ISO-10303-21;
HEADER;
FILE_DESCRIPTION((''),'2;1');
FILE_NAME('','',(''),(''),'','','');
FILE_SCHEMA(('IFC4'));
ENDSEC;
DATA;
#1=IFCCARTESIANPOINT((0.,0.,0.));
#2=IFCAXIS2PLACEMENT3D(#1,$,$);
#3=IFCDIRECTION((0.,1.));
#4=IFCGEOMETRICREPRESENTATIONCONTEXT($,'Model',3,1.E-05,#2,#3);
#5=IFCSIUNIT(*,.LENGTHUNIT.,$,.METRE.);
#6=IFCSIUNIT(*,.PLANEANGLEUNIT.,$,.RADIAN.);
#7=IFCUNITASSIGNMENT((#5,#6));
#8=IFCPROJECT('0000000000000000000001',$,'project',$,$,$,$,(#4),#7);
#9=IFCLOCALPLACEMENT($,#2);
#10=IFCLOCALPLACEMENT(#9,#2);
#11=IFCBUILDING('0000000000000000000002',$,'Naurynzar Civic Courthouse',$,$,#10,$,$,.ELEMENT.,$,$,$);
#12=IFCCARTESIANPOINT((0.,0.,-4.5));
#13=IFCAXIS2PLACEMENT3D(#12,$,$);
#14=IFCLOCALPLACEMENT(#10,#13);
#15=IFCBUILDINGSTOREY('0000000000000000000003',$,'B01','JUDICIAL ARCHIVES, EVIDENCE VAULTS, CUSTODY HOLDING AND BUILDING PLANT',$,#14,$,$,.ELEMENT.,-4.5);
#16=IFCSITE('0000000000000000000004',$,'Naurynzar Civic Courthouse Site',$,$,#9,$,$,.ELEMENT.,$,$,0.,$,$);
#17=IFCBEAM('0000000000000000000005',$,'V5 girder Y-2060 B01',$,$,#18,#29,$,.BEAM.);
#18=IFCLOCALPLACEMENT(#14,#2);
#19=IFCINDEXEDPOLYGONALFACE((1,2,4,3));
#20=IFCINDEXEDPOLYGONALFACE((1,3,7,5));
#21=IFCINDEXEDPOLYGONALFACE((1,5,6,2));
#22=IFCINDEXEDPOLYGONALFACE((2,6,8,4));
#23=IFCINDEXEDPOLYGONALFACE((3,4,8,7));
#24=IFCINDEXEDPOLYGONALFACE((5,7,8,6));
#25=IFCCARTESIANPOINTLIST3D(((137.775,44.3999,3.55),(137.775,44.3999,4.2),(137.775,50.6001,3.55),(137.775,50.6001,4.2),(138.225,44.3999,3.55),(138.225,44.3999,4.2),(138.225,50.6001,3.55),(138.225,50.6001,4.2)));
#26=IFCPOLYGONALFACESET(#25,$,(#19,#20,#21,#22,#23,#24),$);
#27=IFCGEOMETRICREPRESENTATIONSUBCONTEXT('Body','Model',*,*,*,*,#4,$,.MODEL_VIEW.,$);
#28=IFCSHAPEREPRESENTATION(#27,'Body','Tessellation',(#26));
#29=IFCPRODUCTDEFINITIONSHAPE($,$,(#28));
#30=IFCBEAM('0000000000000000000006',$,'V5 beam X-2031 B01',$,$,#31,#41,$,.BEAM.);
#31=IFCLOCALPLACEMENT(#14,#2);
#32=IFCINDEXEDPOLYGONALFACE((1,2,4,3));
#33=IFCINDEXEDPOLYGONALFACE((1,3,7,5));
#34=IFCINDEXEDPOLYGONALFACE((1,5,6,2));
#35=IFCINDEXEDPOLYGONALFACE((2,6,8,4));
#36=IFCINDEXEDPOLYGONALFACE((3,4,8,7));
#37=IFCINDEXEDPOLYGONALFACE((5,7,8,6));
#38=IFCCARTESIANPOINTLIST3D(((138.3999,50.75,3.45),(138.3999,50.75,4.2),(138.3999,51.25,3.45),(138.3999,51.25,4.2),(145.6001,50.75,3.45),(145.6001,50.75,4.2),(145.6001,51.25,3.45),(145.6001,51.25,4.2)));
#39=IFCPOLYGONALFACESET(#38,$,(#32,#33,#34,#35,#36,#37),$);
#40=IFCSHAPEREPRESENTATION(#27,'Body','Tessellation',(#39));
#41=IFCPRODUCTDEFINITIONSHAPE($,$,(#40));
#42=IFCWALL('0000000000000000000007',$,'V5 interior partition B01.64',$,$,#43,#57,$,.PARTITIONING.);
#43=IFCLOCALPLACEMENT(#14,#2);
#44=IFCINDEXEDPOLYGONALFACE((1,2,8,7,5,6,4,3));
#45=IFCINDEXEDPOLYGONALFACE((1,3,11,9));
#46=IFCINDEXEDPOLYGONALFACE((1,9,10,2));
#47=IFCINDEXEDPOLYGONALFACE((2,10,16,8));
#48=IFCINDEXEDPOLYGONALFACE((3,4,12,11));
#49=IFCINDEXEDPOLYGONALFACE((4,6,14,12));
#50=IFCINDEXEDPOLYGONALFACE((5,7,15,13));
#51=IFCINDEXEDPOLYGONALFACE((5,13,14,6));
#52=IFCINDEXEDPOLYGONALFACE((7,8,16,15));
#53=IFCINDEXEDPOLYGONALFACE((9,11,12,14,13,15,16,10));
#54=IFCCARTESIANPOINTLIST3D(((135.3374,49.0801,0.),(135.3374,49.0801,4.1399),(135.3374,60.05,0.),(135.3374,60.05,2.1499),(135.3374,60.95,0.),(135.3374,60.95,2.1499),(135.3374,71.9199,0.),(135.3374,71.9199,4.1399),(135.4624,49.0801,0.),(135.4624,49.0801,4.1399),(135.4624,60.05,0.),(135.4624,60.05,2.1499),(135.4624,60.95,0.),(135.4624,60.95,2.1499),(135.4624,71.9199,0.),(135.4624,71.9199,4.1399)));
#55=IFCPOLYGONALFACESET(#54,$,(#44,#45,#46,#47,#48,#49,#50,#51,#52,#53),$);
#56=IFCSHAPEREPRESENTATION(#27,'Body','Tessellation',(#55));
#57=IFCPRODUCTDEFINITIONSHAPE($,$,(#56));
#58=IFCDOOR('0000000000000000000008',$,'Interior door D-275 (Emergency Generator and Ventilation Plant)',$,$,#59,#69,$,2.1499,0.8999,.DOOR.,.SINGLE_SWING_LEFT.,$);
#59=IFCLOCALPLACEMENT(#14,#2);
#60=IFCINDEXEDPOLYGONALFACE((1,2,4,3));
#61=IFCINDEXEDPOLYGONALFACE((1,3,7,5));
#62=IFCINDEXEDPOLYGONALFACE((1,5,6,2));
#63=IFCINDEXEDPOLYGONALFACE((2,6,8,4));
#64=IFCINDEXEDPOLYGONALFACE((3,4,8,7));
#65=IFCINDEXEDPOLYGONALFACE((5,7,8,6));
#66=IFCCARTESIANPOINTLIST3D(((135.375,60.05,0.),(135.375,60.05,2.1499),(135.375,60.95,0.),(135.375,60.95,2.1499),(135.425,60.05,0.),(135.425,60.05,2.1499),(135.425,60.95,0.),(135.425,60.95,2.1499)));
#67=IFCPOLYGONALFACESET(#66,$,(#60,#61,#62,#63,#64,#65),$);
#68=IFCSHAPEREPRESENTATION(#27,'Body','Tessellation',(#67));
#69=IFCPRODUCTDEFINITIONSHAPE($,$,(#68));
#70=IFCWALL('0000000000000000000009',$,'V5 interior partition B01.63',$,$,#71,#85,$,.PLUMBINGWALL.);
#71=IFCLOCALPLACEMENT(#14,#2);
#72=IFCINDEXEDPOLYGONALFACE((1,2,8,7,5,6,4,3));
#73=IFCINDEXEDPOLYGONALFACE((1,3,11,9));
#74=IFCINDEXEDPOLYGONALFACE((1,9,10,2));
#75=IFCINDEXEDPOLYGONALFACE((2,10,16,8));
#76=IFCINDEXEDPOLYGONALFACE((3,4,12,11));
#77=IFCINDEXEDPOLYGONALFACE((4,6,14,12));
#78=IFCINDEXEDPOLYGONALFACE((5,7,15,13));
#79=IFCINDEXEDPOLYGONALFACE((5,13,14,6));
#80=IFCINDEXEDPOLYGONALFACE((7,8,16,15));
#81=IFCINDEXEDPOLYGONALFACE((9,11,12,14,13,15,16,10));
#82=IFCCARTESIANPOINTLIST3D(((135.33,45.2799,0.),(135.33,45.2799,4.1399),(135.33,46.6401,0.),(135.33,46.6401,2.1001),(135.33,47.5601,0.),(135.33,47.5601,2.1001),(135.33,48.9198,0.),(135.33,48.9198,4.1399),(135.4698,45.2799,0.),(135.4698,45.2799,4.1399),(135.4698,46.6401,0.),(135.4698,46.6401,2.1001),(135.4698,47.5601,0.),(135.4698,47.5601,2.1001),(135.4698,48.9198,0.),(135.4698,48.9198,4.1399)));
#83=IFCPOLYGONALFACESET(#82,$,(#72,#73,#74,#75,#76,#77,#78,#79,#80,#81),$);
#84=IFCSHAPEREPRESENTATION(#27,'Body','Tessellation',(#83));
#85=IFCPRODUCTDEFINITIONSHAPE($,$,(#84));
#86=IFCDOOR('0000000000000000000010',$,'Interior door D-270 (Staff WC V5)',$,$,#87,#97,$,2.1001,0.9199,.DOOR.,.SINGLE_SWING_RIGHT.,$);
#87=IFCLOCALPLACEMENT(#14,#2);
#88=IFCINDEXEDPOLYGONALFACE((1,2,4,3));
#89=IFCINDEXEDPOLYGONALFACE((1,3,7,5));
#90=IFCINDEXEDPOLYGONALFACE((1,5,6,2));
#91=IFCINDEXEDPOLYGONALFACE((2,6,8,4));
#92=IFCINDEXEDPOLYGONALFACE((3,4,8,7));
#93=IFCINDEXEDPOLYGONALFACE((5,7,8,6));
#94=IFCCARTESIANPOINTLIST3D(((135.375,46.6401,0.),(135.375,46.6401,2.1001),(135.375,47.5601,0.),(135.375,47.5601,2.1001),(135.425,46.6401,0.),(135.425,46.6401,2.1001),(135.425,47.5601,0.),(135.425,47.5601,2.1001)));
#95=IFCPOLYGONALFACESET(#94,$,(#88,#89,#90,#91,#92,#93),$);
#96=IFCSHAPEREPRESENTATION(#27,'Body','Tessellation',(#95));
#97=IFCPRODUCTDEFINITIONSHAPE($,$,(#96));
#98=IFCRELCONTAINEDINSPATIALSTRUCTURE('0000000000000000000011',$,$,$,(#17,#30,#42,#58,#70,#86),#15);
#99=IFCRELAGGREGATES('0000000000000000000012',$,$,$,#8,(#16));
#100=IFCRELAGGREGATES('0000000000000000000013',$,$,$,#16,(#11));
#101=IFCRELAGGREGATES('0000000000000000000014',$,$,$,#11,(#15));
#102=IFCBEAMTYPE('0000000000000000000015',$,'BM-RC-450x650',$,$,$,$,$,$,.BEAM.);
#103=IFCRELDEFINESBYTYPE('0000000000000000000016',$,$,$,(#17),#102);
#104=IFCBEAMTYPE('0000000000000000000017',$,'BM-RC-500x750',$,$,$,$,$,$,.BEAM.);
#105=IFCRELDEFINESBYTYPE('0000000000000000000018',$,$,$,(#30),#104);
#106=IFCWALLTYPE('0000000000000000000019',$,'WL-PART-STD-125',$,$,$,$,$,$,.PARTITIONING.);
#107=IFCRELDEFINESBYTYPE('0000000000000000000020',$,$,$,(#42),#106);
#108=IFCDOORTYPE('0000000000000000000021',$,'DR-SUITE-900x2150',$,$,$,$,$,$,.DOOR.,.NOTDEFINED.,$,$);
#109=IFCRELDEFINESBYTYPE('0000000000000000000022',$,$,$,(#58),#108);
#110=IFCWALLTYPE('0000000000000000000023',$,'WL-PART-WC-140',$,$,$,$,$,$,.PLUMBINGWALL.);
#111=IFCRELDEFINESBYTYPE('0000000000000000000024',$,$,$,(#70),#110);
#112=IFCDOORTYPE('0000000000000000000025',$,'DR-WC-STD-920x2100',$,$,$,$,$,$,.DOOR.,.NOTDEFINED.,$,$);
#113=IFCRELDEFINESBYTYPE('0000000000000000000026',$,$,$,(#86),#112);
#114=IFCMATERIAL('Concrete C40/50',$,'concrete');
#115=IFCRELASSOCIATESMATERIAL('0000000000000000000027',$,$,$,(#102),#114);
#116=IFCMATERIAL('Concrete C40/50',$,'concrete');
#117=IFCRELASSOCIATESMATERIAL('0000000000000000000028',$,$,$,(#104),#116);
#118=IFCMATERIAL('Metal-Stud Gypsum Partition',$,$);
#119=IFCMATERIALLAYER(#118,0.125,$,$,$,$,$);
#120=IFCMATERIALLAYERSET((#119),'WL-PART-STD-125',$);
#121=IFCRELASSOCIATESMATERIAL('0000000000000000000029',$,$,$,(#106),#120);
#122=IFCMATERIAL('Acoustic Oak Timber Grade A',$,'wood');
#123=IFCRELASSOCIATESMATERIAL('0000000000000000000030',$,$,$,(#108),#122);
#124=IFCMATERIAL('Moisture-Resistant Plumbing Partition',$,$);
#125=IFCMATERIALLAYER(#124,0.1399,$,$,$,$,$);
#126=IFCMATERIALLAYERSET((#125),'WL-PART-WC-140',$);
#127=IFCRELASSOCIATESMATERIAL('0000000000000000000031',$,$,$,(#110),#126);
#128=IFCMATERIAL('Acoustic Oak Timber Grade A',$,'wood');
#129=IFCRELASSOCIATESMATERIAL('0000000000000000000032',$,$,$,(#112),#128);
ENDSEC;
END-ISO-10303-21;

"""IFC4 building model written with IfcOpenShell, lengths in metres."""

from ifc_helpers import new_model, si_unit, direction, frame, frame_2d, origin, origin_2d, place, context, subcontext, project, spatial, rectangle, extrude, material, layer, layer_set, material_profile, profile_set, type_object, element, fill, save


model = new_model("IFC4")

# Units and contexts
model_context = context("Model", 3, precision=1e-05, world=origin(), true_north=direction((0.0, 1.0)))
body_context = subcontext(model_context, "Body", "Model", "MODEL_VIEW")
ifc_project = project(units=[si_unit("LENGTHUNIT", "METRE"), si_unit("PLANEANGLEUNIT", "RADIAN")], contexts=[model_context])

# Site, building, storey
site_placement = place(None, origin())
site = spatial("IfcSite", under=ifc_project, at=site_placement, Name="Naurynzar Civic Courthouse Site", CompositionType="ELEMENT", RefElevation=0.0)
building_placement = place(site_placement, origin())
building = spatial("IfcBuilding", under=site, at=building_placement, Name="Naurynzar Civic Courthouse", CompositionType="ELEMENT")
storey_placement = place(building_placement, frame((0.0, 0.0, -4.5)))
storey = spatial("IfcBuildingStorey", under=building, at=storey_placement, Name="B01", Description="JUDICIAL ARCHIVES, EVIDENCE VAULTS, CUSTODY HOLDING AND BUILDING PLANT", CompositionType="ELEMENT", Elevation=-4.5)

# Beams
ifc_material_1 = material(Name="Concrete C40/50", Category="concrete")
ifc_material_profile_1 = material_profile(ifc_material_1, rectangle(XDim=0.45, YDim=0.6499, at=origin_2d()), Name="RCB 450x650")
ifc_profile_set_1 = profile_set([ifc_material_profile_1], Name="Concrete C40/50")
beam_type_1 = type_object("IfcBeamType", Name="BM-RC-450x650", PredefinedType="BEAM", material=ifc_profile_set_1)
beam_1_placement = place(storey_placement, frame((138.0, 44.3999, 3.875), z_axis=(0.0, 1.0, 0.0), x_axis=(-1.0, 0.0, 0.0)))
element("IfcBeam", 1, at=beam_1_placement, inside=storey, type_object=beam_type_1, Name="V5 girder Y-2060 B01", PredefinedType="BEAM", context=body_context, shape_type="SweptSolid", body=[
    extrude(rectangle(XDim=0.45, YDim=0.6499, at=origin_2d()), origin(), (0.0, 0.0, 1.0), 6.2002),
])
ifc_material_2 = material(Name="Concrete C40/50", Category="concrete")
ifc_material_profile_2 = material_profile(ifc_material_2, rectangle(XDim=0.5, YDim=0.75, at=origin_2d()), Name="RCB 500x750")
ifc_profile_set_2 = profile_set([ifc_material_profile_2], Name="Concrete C40/50")
beam_type_2 = type_object("IfcBeamType", Name="BM-RC-500x750", PredefinedType="BEAM", material=ifc_profile_set_2)
beam_2_placement = place(storey_placement, frame((138.3999, 51.0, 3.825), z_axis=(1.0, 0.0, 0.0), x_axis=(0.0, 1.0, 0.0)))
element("IfcBeam", 2, at=beam_2_placement, inside=storey, type_object=beam_type_2, Name="V5 beam X-2031 B01", PredefinedType="BEAM", context=body_context, shape_type="SweptSolid", body=[
    extrude(rectangle(XDim=0.5, YDim=0.75, at=origin_2d()), origin(), (0.0, 0.0, 1.0), 7.2002),
])

# Walls, openings, doors
ifc_material_3 = material(Name="Metal-Stud Gypsum Partition")
ifc_layer_1 = layer(ifc_material_3, 0.125)
ifc_layer_set_1 = layer_set([ifc_layer_1], Name="WL-PART-STD-125")
wall_type_1 = type_object("IfcWallType", Name="WL-PART-STD-125", PredefinedType="PARTITIONING", material=ifc_layer_set_1)
wall_1_placement = place(storey_placement, frame((135.3999, 49.0801, 0.0), z_axis=(0.0, 0.0, 1.0), x_axis=(0.0, 1.0, 0.0)))
wall_1 = element("IfcWall", 3, at=wall_1_placement, inside=storey, type_object=wall_type_1, Name="V5 interior partition B01.64", PredefinedType="PARTITIONING", context=body_context, shape_type="SweptSolid", body=[
    extrude(rectangle(XDim=22.8398, YDim=0.125, at=frame_2d((11.4199, 0.0))), origin(), (0.0, 0.0, 1.0), 4.1399),
])
opening_1_placement = place(wall_1_placement, frame((10.97, 0.0, 0.0)))
opening_1 = element("IfcOpeningElement", 4, at=opening_1_placement, cuts=wall_1, PredefinedType="OPENING", context=body_context, shape_type="SweptSolid", body=[
    extrude(rectangle(XDim=0.8999, YDim=2.1499, at=frame_2d((0.45, 1.075))), frame((0.0, 0.0725, 0.0), z_axis=(0.0, -1.0, 0.0), x_axis=(1.0, 0.0, 0.0)), (0.0, 0.0, 1.0), 0.145),
])
ifc_material_4 = material(Name="Acoustic Oak Timber Grade A", Category="wood")
door_type_1 = type_object("IfcDoorType", Name="DR-SUITE-900x2150", OperationType="NOTDEFINED", PredefinedType="DOOR", material=ifc_material_4)
door_1_placement = place(opening_1_placement, origin())
door_1 = element("IfcDoor", 5, at=door_1_placement, inside=storey, type_object=door_type_1, Name="Interior door D-275 (Emergency Generator and Ventilation Plant)", OperationType="SINGLE_SWING_LEFT", OverallHeight=2.1499, OverallWidth=0.8999, PredefinedType="DOOR", context=body_context, shape_type="SweptSolid", body=[
    extrude(rectangle(XDim=0.8999, YDim=2.1499, at=frame_2d((0.45, 1.075))), frame((0.0, 0.0249, 0.0), z_axis=(0.0, -1.0, 0.0), x_axis=(1.0, 0.0, 0.0)), (0.0, 0.0, 1.0), 0.05),
])
fill(opening_1, door_1)
ifc_material_5 = material(Name="Moisture-Resistant Plumbing Partition")
ifc_layer_2 = layer(ifc_material_5, 0.1399)
ifc_layer_set_2 = layer_set([ifc_layer_2], Name="WL-PART-WC-140")
wall_type_2 = type_object("IfcWallType", Name="WL-PART-WC-140", PredefinedType="PLUMBINGWALL", material=ifc_layer_set_2)
wall_2_placement = place(storey_placement, frame((135.3999, 45.28, 0.0), z_axis=(0.0, 0.0, 1.0), x_axis=(0.0, 1.0, 0.0)))
wall_2 = element("IfcWall", 6, at=wall_2_placement, inside=storey, type_object=wall_type_2, Name="V5 interior partition B01.63", PredefinedType="PLUMBINGWALL", context=body_context, shape_type="SweptSolid", body=[
    extrude(rectangle(XDim=3.6399, YDim=0.1399, at=frame_2d((1.8198, 0.0))), origin(), (0.0, 0.0, 1.0), 4.1399),
])
opening_2_placement = place(wall_2_placement, frame((1.3601, 0.0, 0.0)))
opening_2 = element("IfcOpeningElement", 7, at=opening_2_placement, cuts=wall_2, PredefinedType="OPENING", context=body_context, shape_type="SweptSolid", body=[
    extrude(rectangle(XDim=0.9199, YDim=2.1001, at=frame_2d((0.46, 1.05))), frame((0.0, 0.0798, 0.0), z_axis=(0.0, -1.0, 0.0), x_axis=(1.0, 0.0, 0.0)), (0.0, 0.0, 1.0), 0.1599),
])
ifc_material_6 = material(Name="Acoustic Oak Timber Grade A", Category="wood")
door_type_2 = type_object("IfcDoorType", Name="DR-WC-STD-920x2100", OperationType="NOTDEFINED", PredefinedType="DOOR", material=ifc_material_6)
door_2_placement = place(opening_2_placement, origin())
door_2 = element("IfcDoor", 8, at=door_2_placement, inside=storey, type_object=door_type_2, Name="Interior door D-270 (Staff WC V5)", OperationType="SINGLE_SWING_RIGHT", OverallHeight=2.1001, OverallWidth=0.9199, PredefinedType="DOOR", context=body_context, shape_type="SweptSolid", body=[
    extrude(rectangle(XDim=0.9199, YDim=2.1001, at=frame_2d((0.46, 1.05))), frame((0.0, 0.0249, 0.0), z_axis=(0.0, -1.0, 0.0), x_axis=(1.0, 0.0, 0.0)), (0.0, 0.0, 1.0), 0.05),
])
fill(opening_2, door_2)

save(model, "model.ifc")
